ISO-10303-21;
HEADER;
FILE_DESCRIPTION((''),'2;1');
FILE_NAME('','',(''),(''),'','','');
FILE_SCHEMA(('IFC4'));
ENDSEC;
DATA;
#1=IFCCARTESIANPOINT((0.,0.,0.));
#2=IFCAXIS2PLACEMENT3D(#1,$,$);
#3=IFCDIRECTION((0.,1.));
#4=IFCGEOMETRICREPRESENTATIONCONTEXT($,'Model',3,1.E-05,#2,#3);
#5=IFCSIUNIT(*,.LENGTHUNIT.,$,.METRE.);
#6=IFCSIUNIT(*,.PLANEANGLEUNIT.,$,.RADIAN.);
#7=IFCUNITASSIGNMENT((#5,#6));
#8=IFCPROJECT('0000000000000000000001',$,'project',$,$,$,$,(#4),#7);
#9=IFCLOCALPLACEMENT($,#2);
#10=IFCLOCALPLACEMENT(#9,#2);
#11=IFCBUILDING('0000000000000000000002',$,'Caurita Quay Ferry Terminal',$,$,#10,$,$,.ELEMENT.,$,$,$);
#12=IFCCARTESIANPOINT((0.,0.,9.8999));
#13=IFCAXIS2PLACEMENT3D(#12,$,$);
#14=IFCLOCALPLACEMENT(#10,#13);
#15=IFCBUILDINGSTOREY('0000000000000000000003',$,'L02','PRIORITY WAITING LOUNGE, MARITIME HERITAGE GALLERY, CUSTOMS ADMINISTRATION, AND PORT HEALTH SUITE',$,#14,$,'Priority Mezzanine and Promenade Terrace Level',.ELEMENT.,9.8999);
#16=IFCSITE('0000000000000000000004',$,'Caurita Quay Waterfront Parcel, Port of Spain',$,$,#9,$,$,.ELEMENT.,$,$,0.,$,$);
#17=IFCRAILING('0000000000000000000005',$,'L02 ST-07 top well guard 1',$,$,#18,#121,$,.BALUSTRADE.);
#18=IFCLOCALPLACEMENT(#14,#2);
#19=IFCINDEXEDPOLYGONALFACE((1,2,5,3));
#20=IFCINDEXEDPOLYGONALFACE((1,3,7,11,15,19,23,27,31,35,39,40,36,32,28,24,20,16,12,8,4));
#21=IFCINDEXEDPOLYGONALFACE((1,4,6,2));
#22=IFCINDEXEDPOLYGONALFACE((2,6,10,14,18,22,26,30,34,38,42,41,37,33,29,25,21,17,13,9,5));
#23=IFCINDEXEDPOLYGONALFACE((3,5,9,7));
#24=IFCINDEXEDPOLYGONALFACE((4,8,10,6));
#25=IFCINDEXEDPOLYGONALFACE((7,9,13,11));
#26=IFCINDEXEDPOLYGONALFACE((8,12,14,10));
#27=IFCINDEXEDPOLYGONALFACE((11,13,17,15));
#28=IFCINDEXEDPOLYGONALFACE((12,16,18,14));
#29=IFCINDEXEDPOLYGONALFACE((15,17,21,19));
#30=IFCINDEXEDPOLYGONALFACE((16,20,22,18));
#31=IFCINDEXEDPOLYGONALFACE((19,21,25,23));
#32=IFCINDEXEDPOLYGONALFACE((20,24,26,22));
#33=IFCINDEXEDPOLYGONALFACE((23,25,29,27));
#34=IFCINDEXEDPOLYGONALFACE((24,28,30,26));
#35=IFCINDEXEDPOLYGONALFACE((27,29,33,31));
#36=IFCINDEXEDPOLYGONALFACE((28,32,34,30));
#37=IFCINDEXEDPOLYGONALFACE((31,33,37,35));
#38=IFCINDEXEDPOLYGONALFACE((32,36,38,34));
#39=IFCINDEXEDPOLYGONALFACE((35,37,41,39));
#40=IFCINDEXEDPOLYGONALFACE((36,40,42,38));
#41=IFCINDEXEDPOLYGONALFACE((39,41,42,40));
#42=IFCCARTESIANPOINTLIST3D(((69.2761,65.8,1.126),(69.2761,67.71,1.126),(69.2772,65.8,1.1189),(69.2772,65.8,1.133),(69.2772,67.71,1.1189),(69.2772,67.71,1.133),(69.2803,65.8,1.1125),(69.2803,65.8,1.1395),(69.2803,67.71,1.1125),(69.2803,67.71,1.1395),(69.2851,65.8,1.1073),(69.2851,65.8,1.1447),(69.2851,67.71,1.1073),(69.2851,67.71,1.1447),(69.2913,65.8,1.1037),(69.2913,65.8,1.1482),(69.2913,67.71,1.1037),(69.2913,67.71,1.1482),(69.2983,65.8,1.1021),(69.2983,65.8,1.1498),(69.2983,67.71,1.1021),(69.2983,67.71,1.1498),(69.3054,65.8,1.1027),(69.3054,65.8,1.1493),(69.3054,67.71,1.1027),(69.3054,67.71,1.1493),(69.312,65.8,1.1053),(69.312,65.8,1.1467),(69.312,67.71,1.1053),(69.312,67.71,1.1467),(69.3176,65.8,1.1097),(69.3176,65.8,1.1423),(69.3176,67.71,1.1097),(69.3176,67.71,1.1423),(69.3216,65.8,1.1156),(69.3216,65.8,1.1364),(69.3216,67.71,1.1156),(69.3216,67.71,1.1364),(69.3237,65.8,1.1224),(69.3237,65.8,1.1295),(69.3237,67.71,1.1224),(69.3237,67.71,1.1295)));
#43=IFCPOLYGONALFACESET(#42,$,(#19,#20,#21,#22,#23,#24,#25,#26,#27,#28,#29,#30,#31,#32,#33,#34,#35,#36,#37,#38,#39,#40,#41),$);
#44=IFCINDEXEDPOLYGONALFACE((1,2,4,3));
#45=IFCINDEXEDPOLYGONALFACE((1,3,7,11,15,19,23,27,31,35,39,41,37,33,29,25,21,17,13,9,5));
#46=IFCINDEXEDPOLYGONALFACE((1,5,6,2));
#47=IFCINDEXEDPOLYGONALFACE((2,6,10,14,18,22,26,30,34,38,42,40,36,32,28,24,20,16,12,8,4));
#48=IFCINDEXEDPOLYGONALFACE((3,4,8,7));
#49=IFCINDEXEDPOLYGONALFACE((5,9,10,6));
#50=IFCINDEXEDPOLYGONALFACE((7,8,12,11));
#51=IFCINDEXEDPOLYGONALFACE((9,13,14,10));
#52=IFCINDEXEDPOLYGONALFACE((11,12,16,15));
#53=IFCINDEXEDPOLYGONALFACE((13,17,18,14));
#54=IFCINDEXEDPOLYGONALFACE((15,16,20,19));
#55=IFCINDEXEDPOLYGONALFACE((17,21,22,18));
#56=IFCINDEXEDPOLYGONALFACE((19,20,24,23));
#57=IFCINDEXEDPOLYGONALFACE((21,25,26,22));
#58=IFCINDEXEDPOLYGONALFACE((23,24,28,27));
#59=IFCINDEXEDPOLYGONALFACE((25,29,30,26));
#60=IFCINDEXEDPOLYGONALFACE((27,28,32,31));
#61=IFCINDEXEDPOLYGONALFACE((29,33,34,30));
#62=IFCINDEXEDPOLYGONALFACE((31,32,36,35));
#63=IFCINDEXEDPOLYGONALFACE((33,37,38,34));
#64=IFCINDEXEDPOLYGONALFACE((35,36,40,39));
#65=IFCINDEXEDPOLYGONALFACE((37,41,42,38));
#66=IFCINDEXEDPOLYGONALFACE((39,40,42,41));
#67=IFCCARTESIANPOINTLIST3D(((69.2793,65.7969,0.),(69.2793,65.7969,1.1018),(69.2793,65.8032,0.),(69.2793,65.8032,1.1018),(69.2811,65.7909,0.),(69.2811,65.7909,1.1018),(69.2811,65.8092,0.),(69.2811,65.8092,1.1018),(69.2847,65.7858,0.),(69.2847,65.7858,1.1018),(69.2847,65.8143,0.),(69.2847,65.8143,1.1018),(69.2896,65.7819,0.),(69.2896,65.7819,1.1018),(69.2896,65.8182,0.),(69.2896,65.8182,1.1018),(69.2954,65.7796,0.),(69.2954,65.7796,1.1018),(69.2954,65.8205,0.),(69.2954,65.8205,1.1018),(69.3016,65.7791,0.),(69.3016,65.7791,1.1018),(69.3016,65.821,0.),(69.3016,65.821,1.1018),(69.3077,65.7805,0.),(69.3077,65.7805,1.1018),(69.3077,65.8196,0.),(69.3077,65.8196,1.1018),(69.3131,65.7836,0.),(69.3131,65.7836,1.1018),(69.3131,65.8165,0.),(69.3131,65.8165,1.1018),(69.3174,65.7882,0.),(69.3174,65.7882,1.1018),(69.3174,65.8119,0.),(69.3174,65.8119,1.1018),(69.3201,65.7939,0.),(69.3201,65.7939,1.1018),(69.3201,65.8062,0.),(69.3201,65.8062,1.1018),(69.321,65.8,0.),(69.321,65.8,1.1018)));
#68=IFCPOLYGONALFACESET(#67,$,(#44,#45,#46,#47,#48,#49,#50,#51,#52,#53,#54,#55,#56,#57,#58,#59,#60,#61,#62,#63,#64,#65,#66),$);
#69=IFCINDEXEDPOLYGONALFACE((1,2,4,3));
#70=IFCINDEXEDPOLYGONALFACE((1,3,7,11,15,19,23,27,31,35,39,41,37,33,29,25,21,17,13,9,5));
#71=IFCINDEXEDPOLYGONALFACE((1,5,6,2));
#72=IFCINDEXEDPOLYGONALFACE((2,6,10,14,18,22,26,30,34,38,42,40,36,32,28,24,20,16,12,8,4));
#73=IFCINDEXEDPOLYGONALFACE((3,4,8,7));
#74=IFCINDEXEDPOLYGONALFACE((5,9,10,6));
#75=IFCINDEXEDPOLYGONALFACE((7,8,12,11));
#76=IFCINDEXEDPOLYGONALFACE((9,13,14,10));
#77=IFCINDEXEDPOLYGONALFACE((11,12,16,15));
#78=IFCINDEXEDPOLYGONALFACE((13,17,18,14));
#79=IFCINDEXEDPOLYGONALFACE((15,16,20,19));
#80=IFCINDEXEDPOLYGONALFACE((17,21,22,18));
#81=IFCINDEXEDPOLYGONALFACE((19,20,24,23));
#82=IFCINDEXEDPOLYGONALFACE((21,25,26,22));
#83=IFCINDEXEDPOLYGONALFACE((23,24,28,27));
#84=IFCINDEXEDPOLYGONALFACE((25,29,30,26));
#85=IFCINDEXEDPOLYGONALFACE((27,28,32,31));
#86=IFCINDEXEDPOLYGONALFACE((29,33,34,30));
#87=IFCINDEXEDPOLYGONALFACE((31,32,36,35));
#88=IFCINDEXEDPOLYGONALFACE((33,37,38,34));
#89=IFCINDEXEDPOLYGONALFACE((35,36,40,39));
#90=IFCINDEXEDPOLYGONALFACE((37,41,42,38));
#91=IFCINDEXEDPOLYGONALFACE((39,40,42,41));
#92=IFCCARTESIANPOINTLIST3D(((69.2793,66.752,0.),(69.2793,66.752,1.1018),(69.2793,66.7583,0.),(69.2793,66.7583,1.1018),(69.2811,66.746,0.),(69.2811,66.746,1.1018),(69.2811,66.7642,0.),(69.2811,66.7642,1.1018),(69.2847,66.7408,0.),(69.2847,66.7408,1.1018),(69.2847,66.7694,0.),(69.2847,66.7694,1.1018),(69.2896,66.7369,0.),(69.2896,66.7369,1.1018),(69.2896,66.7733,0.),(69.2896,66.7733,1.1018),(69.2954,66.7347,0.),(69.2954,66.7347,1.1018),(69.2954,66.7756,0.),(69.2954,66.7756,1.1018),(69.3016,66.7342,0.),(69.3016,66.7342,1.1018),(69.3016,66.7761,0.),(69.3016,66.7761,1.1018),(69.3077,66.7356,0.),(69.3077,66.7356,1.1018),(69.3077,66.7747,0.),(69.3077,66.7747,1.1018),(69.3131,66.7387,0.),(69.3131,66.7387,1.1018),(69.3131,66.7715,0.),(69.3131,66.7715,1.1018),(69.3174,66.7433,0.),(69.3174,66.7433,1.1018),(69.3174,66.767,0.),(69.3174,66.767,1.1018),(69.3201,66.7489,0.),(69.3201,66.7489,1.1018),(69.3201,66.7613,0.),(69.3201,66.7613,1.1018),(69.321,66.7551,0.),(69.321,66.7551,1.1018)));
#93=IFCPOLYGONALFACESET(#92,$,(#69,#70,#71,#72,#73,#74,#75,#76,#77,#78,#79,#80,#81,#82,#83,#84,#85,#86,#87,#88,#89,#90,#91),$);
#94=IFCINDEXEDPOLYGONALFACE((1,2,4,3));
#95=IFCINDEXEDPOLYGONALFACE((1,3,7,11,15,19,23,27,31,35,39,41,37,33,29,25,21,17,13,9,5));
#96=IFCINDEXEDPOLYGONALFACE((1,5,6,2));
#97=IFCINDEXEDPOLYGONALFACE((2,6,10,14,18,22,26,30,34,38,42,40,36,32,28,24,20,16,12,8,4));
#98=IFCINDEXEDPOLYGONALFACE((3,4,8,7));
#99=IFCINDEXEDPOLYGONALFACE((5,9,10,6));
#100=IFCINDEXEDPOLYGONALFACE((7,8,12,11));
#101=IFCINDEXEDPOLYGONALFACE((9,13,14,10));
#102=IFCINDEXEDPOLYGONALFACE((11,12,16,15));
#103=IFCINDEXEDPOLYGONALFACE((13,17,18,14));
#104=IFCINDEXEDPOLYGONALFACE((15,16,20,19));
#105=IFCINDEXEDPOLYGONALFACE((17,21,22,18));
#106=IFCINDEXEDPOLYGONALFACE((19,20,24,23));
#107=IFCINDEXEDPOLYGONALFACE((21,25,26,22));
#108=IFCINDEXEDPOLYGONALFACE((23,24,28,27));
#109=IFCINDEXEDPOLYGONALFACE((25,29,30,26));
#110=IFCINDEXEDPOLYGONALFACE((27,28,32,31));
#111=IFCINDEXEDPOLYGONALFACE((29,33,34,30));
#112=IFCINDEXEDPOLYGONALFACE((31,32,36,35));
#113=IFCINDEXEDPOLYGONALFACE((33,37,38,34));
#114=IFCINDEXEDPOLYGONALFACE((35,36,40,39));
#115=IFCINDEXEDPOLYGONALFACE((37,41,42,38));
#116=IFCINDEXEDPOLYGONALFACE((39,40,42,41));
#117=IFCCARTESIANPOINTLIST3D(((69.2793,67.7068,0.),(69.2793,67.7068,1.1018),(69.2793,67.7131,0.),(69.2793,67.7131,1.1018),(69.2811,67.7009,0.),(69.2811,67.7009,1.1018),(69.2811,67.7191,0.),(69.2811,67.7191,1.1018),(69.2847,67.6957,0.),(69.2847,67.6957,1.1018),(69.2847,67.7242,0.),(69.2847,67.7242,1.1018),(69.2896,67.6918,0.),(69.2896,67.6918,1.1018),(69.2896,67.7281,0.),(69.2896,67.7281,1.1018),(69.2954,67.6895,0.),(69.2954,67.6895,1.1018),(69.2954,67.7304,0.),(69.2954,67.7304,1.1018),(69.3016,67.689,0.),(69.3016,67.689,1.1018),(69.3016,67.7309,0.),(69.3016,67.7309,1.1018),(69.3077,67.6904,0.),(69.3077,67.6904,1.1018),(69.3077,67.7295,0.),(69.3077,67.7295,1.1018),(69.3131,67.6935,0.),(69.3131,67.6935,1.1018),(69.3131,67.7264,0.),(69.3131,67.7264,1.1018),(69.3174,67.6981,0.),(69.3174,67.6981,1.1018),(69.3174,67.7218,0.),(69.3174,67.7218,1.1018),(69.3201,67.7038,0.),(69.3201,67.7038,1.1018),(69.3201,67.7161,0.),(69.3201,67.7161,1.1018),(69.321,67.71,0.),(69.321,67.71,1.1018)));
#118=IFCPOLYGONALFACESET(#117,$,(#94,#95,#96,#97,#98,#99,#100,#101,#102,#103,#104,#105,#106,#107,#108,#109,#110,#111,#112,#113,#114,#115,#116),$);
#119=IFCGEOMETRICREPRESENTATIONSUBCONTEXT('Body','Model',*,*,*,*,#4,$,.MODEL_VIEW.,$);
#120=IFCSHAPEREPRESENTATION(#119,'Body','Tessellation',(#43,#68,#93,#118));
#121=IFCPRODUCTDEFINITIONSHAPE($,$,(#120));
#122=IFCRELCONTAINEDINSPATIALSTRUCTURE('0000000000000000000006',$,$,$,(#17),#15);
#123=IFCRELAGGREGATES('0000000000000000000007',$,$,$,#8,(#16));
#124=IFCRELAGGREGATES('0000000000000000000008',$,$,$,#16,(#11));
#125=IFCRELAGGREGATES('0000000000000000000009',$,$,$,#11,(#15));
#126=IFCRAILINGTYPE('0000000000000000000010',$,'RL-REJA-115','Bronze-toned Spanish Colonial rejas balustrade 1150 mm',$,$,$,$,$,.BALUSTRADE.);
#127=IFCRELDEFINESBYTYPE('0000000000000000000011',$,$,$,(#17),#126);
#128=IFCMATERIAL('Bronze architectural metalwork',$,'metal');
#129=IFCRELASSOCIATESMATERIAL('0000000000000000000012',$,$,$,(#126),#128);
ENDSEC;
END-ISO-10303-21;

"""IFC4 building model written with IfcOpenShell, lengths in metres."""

from ifc_helpers import new_model, si_unit, direction, frame, origin, origin_2d, place, context, subcontext, project, spatial, circle, extrude, material, type_object, element, save


model = new_model("IFC4")

# Units and contexts
model_context = context("Model", 3, precision=1e-05, world=origin(), true_north=direction((0.0, 1.0)))
body_context = subcontext(model_context, "Body", "Model", "MODEL_VIEW")
ifc_project = project(units=[si_unit("LENGTHUNIT", "METRE"), si_unit("PLANEANGLEUNIT", "RADIAN")], contexts=[model_context])

# Site, building, storey
site_placement = place(None, origin())
site = spatial("IfcSite", under=ifc_project, at=site_placement, Name="Caurita Quay Waterfront Parcel, Port of Spain", CompositionType="ELEMENT", RefElevation=0.0)
building_placement = place(site_placement, origin())
building = spatial("IfcBuilding", under=site, at=building_placement, Name="Caurita Quay Ferry Terminal", CompositionType="ELEMENT")
storey_placement = place(building_placement, frame((0.0, 0.0, 9.8999)))
storey = spatial("IfcBuildingStorey", under=building, at=storey_placement, Name="L02", Description="PRIORITY WAITING LOUNGE, MARITIME HERITAGE GALLERY, CUSTOMS ADMINISTRATION, AND PORT HEALTH SUITE", LongName="Priority Mezzanine and Promenade Terrace Level", CompositionType="ELEMENT", Elevation=9.8999)

# Shared definitions
ifc_material_1 = material(Name="Bronze architectural metalwork", Category="metal")

# Railing
railing_type = type_object("IfcRailingType", Name="RL-REJA-115", Description="Bronze-toned Spanish Colonial rejas balustrade 1150 mm", PredefinedType="BALUSTRADE", material=ifc_material_1)
railing_placement = place(storey_placement, frame((69.3, 65.8, 0.0)))
element("IfcRailing", 1, at=railing_placement, inside=storey, type_object=railing_type, Name="L02 ST-07 top well guard 1", PredefinedType="BALUSTRADE", context=body_context, shape_type="SweptSolid", body=[
    extrude(circle(Radius=0.0239, at=origin_2d()), frame((0.0, 0.0, 1.126), z_axis=(0.0, 1.0, 0.0), x_axis=(-1.0, 0.0, 0.0)), (0.0, 0.0, 1.0), 1.9099),
    extrude(circle(Radius=0.021, at=origin_2d()), origin(), (0.0, 0.0, 1.0), 1.1018),
    extrude(circle(Radius=0.021, at=origin_2d()), frame((0.0, 0.9551, 0.0)), (0.0, 0.0, 1.0), 1.1018),
    extrude(circle(Radius=0.021, at=origin_2d()), frame((0.0, 1.9099, 0.0)), (0.0, 0.0, 1.0), 1.1018),
])

save(model, "model.ifc")
